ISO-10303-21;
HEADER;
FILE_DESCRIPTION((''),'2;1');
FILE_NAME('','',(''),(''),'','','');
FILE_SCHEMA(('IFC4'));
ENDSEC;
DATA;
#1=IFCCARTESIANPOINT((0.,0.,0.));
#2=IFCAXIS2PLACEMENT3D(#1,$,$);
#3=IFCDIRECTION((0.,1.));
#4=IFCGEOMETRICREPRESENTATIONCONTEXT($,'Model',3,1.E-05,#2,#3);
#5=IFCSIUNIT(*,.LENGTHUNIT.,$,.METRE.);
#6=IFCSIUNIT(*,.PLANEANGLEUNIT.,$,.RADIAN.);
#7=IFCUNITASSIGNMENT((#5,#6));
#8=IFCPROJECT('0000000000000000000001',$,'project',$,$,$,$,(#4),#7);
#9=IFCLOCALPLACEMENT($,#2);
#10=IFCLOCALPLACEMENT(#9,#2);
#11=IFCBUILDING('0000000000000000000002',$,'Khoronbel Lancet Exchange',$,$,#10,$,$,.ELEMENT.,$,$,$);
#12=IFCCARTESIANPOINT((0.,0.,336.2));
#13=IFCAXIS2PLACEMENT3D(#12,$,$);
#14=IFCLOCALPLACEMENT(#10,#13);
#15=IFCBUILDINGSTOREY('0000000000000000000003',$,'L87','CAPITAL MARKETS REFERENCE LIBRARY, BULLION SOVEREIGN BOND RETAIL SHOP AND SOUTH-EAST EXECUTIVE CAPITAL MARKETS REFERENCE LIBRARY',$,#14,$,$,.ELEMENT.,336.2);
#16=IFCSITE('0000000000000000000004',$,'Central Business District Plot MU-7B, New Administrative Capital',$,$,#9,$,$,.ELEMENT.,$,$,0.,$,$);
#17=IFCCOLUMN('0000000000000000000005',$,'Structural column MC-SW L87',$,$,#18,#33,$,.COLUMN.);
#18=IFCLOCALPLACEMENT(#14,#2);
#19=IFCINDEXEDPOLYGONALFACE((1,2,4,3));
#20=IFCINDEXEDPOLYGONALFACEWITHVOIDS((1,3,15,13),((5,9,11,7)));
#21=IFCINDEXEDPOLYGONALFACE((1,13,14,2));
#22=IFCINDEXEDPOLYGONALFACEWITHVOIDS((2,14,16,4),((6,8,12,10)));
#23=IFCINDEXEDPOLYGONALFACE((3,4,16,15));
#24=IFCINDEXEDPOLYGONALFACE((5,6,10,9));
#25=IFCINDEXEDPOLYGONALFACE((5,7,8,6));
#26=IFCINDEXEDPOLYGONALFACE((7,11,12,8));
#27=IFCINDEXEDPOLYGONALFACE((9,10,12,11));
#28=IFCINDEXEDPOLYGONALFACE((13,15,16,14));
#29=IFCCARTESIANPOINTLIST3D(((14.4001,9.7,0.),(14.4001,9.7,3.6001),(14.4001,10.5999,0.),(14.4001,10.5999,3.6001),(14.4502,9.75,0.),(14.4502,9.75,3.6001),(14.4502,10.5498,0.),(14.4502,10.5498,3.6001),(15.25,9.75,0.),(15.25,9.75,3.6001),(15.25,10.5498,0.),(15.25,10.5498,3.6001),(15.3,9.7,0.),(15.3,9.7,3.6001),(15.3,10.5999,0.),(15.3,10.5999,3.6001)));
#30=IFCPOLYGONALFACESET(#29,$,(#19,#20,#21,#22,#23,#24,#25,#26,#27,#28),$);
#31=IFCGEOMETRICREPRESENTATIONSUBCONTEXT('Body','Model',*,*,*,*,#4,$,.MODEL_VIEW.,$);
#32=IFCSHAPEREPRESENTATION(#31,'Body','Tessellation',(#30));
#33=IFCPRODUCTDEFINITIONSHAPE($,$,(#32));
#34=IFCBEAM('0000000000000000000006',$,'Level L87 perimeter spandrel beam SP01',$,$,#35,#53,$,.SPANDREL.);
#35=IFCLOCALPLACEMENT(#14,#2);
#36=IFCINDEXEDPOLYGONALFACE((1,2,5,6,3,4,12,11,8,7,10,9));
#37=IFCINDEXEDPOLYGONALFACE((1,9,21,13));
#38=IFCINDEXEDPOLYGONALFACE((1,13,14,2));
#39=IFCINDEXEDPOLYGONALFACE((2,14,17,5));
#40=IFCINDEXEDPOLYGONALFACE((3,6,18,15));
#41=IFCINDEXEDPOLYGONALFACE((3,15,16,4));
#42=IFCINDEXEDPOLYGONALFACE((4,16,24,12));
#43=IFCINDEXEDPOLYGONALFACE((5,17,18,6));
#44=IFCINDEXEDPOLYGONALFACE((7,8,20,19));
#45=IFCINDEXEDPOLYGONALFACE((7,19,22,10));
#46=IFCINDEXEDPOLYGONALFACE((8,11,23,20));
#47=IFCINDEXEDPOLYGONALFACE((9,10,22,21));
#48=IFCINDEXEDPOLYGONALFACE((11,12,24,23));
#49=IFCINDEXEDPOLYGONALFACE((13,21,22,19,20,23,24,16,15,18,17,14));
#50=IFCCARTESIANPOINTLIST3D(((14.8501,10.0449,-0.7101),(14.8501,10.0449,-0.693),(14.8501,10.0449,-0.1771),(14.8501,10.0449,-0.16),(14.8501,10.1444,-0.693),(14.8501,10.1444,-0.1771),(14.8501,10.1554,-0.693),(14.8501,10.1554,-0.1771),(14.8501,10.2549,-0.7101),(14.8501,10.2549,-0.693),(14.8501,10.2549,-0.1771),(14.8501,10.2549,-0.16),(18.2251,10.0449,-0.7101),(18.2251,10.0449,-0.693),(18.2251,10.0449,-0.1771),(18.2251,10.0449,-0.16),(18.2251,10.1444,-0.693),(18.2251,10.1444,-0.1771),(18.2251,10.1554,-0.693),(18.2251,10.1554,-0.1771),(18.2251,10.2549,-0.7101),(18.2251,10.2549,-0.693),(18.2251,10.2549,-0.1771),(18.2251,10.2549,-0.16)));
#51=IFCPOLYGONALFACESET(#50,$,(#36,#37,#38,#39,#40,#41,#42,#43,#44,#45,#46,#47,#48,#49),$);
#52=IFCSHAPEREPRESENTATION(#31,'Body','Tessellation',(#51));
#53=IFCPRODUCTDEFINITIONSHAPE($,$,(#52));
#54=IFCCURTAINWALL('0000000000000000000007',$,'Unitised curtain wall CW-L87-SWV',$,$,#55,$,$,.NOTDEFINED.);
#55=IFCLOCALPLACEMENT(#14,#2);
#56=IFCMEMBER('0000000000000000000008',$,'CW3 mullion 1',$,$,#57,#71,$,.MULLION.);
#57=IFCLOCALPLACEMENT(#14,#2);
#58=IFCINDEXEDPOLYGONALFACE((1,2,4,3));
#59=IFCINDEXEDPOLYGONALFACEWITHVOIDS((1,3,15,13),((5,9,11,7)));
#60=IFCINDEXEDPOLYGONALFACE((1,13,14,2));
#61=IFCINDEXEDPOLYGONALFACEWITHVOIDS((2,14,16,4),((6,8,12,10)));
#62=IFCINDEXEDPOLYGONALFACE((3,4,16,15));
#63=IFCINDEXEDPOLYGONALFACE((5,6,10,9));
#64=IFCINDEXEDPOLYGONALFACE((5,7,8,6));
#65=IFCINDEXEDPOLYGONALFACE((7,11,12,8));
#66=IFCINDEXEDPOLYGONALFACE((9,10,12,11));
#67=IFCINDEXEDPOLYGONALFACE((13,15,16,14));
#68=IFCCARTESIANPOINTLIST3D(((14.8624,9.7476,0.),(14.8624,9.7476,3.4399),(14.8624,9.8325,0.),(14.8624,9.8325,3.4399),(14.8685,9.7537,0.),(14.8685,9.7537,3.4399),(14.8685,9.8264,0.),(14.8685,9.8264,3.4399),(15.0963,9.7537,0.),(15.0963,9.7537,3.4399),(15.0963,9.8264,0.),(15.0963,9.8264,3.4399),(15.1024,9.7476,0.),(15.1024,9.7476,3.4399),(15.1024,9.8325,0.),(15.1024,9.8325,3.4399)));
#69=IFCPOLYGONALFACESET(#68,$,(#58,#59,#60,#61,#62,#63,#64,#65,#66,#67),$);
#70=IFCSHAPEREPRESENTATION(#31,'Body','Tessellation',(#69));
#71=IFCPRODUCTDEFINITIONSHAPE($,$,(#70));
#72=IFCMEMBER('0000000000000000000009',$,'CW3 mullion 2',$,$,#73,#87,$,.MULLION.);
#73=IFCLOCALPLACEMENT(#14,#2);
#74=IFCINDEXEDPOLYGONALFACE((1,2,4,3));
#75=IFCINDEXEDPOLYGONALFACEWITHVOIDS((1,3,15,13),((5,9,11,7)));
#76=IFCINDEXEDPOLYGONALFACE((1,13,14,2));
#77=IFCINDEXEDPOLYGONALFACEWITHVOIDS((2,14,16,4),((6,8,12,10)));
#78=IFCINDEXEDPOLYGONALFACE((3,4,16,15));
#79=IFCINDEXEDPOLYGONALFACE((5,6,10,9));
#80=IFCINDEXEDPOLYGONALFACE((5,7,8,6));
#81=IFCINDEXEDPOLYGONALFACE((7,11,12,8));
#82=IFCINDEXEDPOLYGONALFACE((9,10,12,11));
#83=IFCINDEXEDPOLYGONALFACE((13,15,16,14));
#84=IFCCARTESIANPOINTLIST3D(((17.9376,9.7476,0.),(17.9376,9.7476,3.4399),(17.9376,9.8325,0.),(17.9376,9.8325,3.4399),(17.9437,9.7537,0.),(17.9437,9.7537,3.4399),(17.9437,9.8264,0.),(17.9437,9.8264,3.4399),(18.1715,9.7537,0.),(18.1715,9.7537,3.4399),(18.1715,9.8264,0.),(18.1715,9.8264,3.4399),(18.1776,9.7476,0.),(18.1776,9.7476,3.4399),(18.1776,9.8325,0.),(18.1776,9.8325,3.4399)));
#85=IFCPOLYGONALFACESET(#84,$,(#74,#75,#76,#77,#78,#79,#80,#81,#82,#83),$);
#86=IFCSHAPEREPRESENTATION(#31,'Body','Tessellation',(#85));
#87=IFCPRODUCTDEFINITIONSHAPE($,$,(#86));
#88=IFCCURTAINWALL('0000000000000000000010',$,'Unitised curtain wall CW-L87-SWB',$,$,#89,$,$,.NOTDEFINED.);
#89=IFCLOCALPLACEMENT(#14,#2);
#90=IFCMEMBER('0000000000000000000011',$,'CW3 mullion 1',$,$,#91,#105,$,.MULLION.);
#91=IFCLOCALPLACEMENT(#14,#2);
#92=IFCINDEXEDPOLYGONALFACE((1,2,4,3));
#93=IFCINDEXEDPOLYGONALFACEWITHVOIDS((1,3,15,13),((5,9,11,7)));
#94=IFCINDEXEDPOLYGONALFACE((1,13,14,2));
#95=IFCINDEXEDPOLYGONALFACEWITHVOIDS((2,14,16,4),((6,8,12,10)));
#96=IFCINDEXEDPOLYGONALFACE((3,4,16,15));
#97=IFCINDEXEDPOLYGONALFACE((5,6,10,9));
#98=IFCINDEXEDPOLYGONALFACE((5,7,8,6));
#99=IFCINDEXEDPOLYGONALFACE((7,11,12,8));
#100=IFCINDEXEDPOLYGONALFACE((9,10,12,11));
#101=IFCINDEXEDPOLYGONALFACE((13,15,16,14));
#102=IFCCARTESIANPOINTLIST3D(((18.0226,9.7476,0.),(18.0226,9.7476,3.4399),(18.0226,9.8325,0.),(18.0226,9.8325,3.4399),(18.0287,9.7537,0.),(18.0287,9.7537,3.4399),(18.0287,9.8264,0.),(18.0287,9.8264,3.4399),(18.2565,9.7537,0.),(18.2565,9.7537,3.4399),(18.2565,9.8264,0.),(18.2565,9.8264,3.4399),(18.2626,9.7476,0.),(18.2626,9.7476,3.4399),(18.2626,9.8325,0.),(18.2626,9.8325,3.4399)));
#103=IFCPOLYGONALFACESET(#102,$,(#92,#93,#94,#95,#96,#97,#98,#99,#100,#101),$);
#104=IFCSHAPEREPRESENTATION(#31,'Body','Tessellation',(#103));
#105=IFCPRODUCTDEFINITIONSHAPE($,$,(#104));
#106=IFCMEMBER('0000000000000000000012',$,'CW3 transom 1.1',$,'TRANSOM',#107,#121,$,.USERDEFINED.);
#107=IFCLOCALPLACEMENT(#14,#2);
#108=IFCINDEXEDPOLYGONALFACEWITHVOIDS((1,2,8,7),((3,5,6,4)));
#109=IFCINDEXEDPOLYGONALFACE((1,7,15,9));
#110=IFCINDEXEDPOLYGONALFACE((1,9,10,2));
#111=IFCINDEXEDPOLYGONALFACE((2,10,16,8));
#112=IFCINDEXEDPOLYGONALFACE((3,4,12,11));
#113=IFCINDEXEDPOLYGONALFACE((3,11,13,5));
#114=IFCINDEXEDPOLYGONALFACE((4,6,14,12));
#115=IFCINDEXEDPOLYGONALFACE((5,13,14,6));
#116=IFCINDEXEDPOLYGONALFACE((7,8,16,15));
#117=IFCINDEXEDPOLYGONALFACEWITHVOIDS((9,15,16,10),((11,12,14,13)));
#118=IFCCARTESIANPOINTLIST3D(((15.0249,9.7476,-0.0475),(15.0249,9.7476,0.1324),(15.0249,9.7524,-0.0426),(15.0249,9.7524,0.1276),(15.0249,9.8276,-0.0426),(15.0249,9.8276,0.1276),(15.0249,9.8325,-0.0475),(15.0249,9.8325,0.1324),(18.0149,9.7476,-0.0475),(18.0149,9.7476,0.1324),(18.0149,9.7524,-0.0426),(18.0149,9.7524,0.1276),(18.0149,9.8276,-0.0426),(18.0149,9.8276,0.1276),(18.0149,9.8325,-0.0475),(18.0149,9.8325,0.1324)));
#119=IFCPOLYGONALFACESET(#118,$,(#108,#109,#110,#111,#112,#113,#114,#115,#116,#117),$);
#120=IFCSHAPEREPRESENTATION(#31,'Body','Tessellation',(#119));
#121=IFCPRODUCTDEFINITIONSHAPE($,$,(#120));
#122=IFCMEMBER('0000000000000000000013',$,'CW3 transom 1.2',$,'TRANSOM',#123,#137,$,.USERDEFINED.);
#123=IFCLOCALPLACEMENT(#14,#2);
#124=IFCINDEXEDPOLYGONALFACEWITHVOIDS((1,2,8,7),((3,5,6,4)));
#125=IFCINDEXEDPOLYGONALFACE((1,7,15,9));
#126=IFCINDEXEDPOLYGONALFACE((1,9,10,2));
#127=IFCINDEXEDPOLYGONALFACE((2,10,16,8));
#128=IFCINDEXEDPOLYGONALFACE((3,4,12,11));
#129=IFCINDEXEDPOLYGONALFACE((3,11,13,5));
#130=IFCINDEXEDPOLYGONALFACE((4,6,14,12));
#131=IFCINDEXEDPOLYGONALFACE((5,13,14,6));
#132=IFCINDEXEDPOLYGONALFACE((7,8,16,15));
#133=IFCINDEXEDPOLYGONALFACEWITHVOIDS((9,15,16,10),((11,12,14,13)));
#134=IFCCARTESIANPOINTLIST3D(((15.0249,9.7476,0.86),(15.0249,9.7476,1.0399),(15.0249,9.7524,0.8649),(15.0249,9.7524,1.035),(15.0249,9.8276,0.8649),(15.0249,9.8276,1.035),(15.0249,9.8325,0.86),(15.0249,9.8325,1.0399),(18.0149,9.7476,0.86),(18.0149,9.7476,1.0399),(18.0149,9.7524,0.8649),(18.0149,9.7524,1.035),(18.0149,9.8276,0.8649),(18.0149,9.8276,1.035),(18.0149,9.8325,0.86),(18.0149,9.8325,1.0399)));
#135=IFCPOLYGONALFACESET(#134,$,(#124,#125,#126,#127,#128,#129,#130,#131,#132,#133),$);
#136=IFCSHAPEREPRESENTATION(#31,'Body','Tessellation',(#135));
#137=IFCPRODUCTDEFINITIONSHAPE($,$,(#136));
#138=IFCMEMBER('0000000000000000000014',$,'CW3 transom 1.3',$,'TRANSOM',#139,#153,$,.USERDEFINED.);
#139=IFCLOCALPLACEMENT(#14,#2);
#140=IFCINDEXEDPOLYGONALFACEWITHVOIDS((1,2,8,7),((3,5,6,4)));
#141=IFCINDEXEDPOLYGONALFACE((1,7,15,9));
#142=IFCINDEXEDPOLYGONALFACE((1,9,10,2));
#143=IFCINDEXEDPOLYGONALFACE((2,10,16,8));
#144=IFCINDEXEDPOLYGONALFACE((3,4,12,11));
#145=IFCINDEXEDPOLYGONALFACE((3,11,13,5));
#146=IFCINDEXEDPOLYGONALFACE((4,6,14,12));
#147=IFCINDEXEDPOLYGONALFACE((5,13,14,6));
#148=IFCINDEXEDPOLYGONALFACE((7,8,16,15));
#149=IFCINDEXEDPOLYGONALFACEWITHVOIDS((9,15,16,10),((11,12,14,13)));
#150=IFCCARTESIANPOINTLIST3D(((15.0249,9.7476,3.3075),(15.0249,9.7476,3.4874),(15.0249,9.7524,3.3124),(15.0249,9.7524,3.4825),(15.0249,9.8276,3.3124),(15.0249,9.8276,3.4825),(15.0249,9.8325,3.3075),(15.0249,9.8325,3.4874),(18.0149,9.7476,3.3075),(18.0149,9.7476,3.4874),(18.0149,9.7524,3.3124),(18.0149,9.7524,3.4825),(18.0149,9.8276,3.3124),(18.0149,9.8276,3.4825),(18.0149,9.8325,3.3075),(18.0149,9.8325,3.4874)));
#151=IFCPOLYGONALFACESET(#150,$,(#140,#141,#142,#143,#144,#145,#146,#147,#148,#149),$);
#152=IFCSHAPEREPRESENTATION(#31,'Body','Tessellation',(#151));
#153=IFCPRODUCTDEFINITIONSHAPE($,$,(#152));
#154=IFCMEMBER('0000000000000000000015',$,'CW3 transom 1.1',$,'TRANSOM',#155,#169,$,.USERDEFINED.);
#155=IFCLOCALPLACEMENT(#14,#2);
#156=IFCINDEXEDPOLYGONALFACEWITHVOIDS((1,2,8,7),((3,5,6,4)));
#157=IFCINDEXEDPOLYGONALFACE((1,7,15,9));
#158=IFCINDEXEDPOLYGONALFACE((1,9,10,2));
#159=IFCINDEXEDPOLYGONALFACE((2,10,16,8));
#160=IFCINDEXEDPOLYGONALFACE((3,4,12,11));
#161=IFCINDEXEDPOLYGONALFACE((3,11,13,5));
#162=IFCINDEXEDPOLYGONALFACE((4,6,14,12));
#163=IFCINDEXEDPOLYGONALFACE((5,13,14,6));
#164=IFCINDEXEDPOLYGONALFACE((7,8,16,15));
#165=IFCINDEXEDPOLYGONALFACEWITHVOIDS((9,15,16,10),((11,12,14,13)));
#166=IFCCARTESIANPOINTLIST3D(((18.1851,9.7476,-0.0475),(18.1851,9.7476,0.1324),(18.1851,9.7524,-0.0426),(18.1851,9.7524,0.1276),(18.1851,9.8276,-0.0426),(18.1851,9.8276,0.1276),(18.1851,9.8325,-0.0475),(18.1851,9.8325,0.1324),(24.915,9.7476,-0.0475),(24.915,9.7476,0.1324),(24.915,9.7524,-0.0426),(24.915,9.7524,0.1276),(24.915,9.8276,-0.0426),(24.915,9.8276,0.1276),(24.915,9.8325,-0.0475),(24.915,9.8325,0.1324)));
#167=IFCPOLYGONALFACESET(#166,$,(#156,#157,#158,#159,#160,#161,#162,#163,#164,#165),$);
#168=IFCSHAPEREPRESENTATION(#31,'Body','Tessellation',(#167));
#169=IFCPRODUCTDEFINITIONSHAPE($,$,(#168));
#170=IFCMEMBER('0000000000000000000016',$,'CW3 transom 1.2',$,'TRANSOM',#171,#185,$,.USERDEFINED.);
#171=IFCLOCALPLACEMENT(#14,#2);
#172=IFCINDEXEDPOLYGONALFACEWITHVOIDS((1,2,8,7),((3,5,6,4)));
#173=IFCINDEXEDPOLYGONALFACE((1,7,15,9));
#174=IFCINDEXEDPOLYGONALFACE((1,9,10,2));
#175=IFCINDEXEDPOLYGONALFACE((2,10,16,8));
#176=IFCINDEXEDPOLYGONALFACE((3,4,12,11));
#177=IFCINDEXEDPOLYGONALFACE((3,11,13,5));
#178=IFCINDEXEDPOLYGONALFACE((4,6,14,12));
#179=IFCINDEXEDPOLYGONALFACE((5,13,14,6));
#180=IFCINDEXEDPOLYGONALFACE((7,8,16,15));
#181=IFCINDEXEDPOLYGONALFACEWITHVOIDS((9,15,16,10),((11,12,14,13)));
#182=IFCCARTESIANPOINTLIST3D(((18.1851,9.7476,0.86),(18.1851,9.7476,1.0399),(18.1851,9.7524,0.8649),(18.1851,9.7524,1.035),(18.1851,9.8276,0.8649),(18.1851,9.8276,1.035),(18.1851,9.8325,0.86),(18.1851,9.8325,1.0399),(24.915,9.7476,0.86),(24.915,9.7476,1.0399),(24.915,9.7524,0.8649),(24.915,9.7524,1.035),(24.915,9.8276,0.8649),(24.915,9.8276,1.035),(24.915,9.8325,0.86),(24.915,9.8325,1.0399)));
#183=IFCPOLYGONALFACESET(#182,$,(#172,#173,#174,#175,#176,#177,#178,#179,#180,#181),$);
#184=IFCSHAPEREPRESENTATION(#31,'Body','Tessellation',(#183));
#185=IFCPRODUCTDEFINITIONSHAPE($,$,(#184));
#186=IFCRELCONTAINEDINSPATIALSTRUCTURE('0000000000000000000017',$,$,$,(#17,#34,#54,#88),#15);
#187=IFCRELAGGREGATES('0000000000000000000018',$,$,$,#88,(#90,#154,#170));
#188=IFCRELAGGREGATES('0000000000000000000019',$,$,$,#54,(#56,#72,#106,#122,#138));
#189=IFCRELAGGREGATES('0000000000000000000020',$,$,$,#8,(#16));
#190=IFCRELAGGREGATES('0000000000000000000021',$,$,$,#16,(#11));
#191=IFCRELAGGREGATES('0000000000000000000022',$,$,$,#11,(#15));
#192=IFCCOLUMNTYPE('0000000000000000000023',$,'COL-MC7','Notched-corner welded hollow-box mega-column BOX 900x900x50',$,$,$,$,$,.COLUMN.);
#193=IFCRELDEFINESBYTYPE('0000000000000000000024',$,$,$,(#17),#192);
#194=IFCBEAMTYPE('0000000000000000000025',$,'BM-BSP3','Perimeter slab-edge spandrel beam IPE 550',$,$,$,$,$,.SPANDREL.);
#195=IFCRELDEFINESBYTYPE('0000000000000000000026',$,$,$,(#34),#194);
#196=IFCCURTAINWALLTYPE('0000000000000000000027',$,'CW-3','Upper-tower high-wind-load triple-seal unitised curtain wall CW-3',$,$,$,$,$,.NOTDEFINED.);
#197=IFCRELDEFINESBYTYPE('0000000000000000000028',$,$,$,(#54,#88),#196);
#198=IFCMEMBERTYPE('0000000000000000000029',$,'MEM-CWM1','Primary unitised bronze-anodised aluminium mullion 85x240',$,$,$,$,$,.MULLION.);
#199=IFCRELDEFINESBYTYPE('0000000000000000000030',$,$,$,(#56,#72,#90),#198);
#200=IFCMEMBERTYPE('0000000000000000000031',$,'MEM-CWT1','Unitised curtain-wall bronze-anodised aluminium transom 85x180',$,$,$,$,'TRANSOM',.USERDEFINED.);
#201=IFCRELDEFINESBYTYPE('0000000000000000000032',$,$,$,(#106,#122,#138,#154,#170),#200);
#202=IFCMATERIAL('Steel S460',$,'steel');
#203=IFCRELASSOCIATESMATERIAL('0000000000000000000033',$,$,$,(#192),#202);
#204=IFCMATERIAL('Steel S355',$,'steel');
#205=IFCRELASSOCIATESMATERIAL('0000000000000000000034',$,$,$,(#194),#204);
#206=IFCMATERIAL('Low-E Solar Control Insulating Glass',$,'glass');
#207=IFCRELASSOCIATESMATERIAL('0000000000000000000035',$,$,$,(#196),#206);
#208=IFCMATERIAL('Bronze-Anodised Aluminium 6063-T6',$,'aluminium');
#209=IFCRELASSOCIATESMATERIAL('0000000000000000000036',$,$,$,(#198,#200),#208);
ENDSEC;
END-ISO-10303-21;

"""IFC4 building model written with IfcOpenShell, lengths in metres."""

from ifc_helpers import new_model, si_unit, direction, frame, origin, origin_2d, place, context, subcontext, project, spatial, hollow_rectangle, i_section, extrude, material, material_profile, profile_set, type_object, element, aggregate, save


model = new_model("IFC4")

# Units and contexts
model_context = context("Model", 3, precision=1e-05, world=origin(), true_north=direction((0.0, 1.0)))
body_context = subcontext(model_context, "Body", "Model", "MODEL_VIEW")
ifc_project = project(units=[si_unit("LENGTHUNIT", "METRE"), si_unit("PLANEANGLEUNIT", "RADIAN")], contexts=[model_context])

# Site, building, storey
site_placement = place(None, origin())
site = spatial("IfcSite", under=ifc_project, at=site_placement, Name="Central Business District Plot MU-7B, New Administrative Capital", CompositionType="ELEMENT", RefElevation=0.0)
building_placement = place(site_placement, origin())
building = spatial("IfcBuilding", under=site, at=building_placement, Name="Khoronbel Lancet Exchange", CompositionType="ELEMENT")
storey_placement = place(building_placement, frame((0.0, 0.0, 336.2)))
storey = spatial("IfcBuildingStorey", under=building, at=storey_placement, Name="L87", Description="CAPITAL MARKETS REFERENCE LIBRARY, BULLION SOVEREIGN BOND RETAIL SHOP AND SOUTH-EAST EXECUTIVE CAPITAL MARKETS REFERENCE LIBRARY", CompositionType="ELEMENT", Elevation=336.2)

# Column
ifc_material_1 = material(Name="Steel S460", Category="steel")
ifc_material_profile_1 = material_profile(ifc_material_1, hollow_rectangle(XDim=0.8999, YDim=0.8999, WallThickness=0.05, at=origin_2d()), Name="BOX 900x900x50")
ifc_profile_set_1 = profile_set([ifc_material_profile_1], Name="Steel S460")
column_type = type_object("IfcColumnType", Name="COL-MC7", Description="Notched-corner welded hollow-box mega-column BOX 900x900x50", PredefinedType="COLUMN", material=ifc_profile_set_1)
column_placement = place(storey_placement, frame((14.8501, 10.1499, 0.0), z_axis=(0.0, 0.0, 1.0), x_axis=(1.0, 0.0, 0.0)))
element("IfcColumn", 1, at=column_placement, inside=storey, type_object=column_type, Name="Structural column MC-SW L87", PredefinedType="COLUMN", context=body_context, shape_type="SweptSolid", body=[
    extrude(hollow_rectangle(XDim=0.8999, YDim=0.8999, WallThickness=0.05, at=origin_2d()), origin(), (0.0, 0.0, 1.0), 3.6001),
])

# Beam
ifc_material_2 = material(Name="Steel S355", Category="steel")
ifc_material_profile_2 = material_profile(ifc_material_2, i_section(OverallWidth=0.21, OverallDepth=0.55, WebThickness=0.011, FlangeThickness=0.0171, at=origin_2d()), Name="IPE 550")
ifc_profile_set_2 = profile_set([ifc_material_profile_2], Name="Steel S355")
beam_type = type_object("IfcBeamType", Name="BM-BSP3", Description="Perimeter slab-edge spandrel beam IPE 550", PredefinedType="SPANDREL", material=ifc_profile_set_2)
beam_placement = place(storey_placement, frame((14.8501, 10.1499, -0.4351), z_axis=(1.0, 0.0, 0.0), x_axis=(0.0, 1.0, 0.0)))
element("IfcBeam", 2, at=beam_placement, inside=storey, type_object=beam_type, Name="Level L87 perimeter spandrel beam SP01", PredefinedType="SPANDREL", context=body_context, shape_type="SweptSolid", body=[
    extrude(i_section(OverallWidth=0.21, OverallDepth=0.55, WebThickness=0.011, FlangeThickness=0.0171, at=origin_2d()), origin(), (0.0, 0.0, 1.0), 3.375),
])

# Curtain wall, members
ifc_material_3 = material(Name="Low-E Solar Control Insulating Glass", Category="glass")
curtain_wall_type = type_object("IfcCurtainWallType", Name="CW-3", Description="Upper-tower high-wind-load triple-seal unitised curtain wall CW-3", PredefinedType="NOTDEFINED", material=ifc_material_3)
curtain_wall_1_placement = place(storey_placement, origin())
curtain_wall_1 = element("IfcCurtainWall", 3, at=curtain_wall_1_placement, inside=storey, type_object=curtain_wall_type, Name="Unitised curtain wall CW-L87-SWV", PredefinedType="NOTDEFINED")
ifc_material_4 = material(Name="Bronze-Anodised Aluminium 6063-T6", Category="aluminium")
ifc_material_profile_3 = material_profile(ifc_material_4, hollow_rectangle(XDim=0.085, YDim=0.24, WallThickness=0.0061, at=origin_2d()), Name="ALU MULLION 85x240")
ifc_profile_set_3 = profile_set([ifc_material_profile_3], Name="Bronze-Anodised Aluminium 6063-T6")
member_type_1 = type_object("IfcMemberType", Name="MEM-CWM1", Description="Primary unitised bronze-anodised aluminium mullion 85x240", PredefinedType="MULLION", material=ifc_profile_set_3)
member_1_placement = place(storey_placement, frame((14.9824, 9.79, 0.0), z_axis=(0.0, 0.0, 1.0), x_axis=(0.0, 1.0, 0.0)))
member_1 = element("IfcMember", 4, at=member_1_placement, type_object=member_type_1, Name="CW3 mullion 1", PredefinedType="MULLION", context=body_context, shape_type="SweptSolid", body=[
    extrude(hollow_rectangle(XDim=0.085, YDim=0.24, WallThickness=0.0061, at=origin_2d()), origin(), (0.0, 0.0, 1.0), 3.4399),
])
member_2_placement = place(storey_placement, frame((18.0576, 9.79, 0.0), z_axis=(0.0, 0.0, 1.0), x_axis=(0.0, 1.0, 0.0)))
member_2 = element("IfcMember", 5, at=member_2_placement, type_object=member_type_1, Name="CW3 mullion 2", PredefinedType="MULLION", context=body_context, shape_type="SweptSolid", body=[
    extrude(hollow_rectangle(XDim=0.085, YDim=0.24, WallThickness=0.0061, at=origin_2d()), origin(), (0.0, 0.0, 1.0), 3.4399),
])

# Curtain wall, member
curtain_wall_2_placement = place(storey_placement, origin())
curtain_wall_2 = element("IfcCurtainWall", 6, at=curtain_wall_2_placement, inside=storey, type_object=curtain_wall_type, Name="Unitised curtain wall CW-L87-SWB", PredefinedType="NOTDEFINED")
member_3_placement = place(storey_placement, frame((18.1426, 9.79, 0.0), z_axis=(0.0, 0.0, 1.0), x_axis=(0.0, 1.0, 0.0)))
member_3 = element("IfcMember", 7, at=member_3_placement, type_object=member_type_1, Name="CW3 mullion 1", PredefinedType="MULLION", context=body_context, shape_type="SweptSolid", body=[
    extrude(hollow_rectangle(XDim=0.085, YDim=0.24, WallThickness=0.0061, at=origin_2d()), origin(), (0.0, 0.0, 1.0), 3.4399),
])

# Members
ifc_material_profile_4 = material_profile(ifc_material_4, hollow_rectangle(XDim=0.085, YDim=0.1799, WallThickness=0.0049, at=origin_2d()), Name="ALU TRANSOM 85x180")
ifc_profile_set_4 = profile_set([ifc_material_profile_4], Name="Bronze-Anodised Aluminium 6063-T6")
member_type_2 = type_object("IfcMemberType", Name="MEM-CWT1", Description="Unitised curtain-wall bronze-anodised aluminium transom 85x180", ElementType="TRANSOM", PredefinedType="USERDEFINED", material=ifc_profile_set_4)
member_4_placement = place(storey_placement, frame((15.0249, 9.79, 0.0425), z_axis=(1.0, 0.0, 0.0), x_axis=(0.0, 1.0, 0.0)))
member_4 = element("IfcMember", 8, at=member_4_placement, type_object=member_type_2, Name="CW3 transom 1.1", ObjectType="TRANSOM", PredefinedType="USERDEFINED", context=body_context, shape_type="SweptSolid", body=[
    extrude(hollow_rectangle(XDim=0.085, YDim=0.1799, WallThickness=0.0049, at=origin_2d()), origin(), (0.0, 0.0, 1.0), 2.99),
])
member_5_placement = place(storey_placement, frame((15.0249, 9.79, 0.95), z_axis=(1.0, 0.0, 0.0), x_axis=(0.0, 1.0, 0.0)))
member_5 = element("IfcMember", 9, at=member_5_placement, type_object=member_type_2, Name="CW3 transom 1.2", ObjectType="TRANSOM", PredefinedType="USERDEFINED", context=body_context, shape_type="SweptSolid", body=[
    extrude(hollow_rectangle(XDim=0.085, YDim=0.1799, WallThickness=0.0049, at=origin_2d()), origin(), (0.0, 0.0, 1.0), 2.99),
])
member_6_placement = place(storey_placement, frame((15.0249, 9.79, 3.3975), z_axis=(1.0, 0.0, 0.0), x_axis=(0.0, 1.0, 0.0)))
member_6 = element("IfcMember", 10, at=member_6_placement, type_object=member_type_2, Name="CW3 transom 1.3", ObjectType="TRANSOM", PredefinedType="USERDEFINED", context=body_context, shape_type="SweptSolid", body=[
    extrude(hollow_rectangle(XDim=0.085, YDim=0.1799, WallThickness=0.0049, at=origin_2d()), origin(), (0.0, 0.0, 1.0), 2.99),
])
member_7_placement = place(storey_placement, frame((18.1851, 9.79, 0.0425), z_axis=(1.0, 0.0, 0.0), x_axis=(0.0, 1.0, 0.0)))
member_7 = element("IfcMember", 11, at=member_7_placement, type_object=member_type_2, Name="CW3 transom 1.1", ObjectType="TRANSOM", PredefinedType="USERDEFINED", context=body_context, shape_type="SweptSolid", body=[
    extrude(hollow_rectangle(XDim=0.085, YDim=0.1799, WallThickness=0.0049, at=origin_2d()), origin(), (0.0, 0.0, 1.0), 6.73),
])
member_8_placement = place(storey_placement, frame((18.1851, 9.79, 0.95), z_axis=(1.0, 0.0, 0.0), x_axis=(0.0, 1.0, 0.0)))
member_8 = element("IfcMember", 12, at=member_8_placement, type_object=member_type_2, Name="CW3 transom 1.2", ObjectType="TRANSOM", PredefinedType="USERDEFINED", context=body_context, shape_type="SweptSolid", body=[
    extrude(hollow_rectangle(XDim=0.085, YDim=0.1799, WallThickness=0.0049, at=origin_2d()), origin(), (0.0, 0.0, 1.0), 6.73),
])
aggregate(curtain_wall_2, [member_3, member_7, member_8])

aggregate(curtain_wall_1, [member_1, member_2, member_4, member_5, member_6])

save(model, "model.ifc")
